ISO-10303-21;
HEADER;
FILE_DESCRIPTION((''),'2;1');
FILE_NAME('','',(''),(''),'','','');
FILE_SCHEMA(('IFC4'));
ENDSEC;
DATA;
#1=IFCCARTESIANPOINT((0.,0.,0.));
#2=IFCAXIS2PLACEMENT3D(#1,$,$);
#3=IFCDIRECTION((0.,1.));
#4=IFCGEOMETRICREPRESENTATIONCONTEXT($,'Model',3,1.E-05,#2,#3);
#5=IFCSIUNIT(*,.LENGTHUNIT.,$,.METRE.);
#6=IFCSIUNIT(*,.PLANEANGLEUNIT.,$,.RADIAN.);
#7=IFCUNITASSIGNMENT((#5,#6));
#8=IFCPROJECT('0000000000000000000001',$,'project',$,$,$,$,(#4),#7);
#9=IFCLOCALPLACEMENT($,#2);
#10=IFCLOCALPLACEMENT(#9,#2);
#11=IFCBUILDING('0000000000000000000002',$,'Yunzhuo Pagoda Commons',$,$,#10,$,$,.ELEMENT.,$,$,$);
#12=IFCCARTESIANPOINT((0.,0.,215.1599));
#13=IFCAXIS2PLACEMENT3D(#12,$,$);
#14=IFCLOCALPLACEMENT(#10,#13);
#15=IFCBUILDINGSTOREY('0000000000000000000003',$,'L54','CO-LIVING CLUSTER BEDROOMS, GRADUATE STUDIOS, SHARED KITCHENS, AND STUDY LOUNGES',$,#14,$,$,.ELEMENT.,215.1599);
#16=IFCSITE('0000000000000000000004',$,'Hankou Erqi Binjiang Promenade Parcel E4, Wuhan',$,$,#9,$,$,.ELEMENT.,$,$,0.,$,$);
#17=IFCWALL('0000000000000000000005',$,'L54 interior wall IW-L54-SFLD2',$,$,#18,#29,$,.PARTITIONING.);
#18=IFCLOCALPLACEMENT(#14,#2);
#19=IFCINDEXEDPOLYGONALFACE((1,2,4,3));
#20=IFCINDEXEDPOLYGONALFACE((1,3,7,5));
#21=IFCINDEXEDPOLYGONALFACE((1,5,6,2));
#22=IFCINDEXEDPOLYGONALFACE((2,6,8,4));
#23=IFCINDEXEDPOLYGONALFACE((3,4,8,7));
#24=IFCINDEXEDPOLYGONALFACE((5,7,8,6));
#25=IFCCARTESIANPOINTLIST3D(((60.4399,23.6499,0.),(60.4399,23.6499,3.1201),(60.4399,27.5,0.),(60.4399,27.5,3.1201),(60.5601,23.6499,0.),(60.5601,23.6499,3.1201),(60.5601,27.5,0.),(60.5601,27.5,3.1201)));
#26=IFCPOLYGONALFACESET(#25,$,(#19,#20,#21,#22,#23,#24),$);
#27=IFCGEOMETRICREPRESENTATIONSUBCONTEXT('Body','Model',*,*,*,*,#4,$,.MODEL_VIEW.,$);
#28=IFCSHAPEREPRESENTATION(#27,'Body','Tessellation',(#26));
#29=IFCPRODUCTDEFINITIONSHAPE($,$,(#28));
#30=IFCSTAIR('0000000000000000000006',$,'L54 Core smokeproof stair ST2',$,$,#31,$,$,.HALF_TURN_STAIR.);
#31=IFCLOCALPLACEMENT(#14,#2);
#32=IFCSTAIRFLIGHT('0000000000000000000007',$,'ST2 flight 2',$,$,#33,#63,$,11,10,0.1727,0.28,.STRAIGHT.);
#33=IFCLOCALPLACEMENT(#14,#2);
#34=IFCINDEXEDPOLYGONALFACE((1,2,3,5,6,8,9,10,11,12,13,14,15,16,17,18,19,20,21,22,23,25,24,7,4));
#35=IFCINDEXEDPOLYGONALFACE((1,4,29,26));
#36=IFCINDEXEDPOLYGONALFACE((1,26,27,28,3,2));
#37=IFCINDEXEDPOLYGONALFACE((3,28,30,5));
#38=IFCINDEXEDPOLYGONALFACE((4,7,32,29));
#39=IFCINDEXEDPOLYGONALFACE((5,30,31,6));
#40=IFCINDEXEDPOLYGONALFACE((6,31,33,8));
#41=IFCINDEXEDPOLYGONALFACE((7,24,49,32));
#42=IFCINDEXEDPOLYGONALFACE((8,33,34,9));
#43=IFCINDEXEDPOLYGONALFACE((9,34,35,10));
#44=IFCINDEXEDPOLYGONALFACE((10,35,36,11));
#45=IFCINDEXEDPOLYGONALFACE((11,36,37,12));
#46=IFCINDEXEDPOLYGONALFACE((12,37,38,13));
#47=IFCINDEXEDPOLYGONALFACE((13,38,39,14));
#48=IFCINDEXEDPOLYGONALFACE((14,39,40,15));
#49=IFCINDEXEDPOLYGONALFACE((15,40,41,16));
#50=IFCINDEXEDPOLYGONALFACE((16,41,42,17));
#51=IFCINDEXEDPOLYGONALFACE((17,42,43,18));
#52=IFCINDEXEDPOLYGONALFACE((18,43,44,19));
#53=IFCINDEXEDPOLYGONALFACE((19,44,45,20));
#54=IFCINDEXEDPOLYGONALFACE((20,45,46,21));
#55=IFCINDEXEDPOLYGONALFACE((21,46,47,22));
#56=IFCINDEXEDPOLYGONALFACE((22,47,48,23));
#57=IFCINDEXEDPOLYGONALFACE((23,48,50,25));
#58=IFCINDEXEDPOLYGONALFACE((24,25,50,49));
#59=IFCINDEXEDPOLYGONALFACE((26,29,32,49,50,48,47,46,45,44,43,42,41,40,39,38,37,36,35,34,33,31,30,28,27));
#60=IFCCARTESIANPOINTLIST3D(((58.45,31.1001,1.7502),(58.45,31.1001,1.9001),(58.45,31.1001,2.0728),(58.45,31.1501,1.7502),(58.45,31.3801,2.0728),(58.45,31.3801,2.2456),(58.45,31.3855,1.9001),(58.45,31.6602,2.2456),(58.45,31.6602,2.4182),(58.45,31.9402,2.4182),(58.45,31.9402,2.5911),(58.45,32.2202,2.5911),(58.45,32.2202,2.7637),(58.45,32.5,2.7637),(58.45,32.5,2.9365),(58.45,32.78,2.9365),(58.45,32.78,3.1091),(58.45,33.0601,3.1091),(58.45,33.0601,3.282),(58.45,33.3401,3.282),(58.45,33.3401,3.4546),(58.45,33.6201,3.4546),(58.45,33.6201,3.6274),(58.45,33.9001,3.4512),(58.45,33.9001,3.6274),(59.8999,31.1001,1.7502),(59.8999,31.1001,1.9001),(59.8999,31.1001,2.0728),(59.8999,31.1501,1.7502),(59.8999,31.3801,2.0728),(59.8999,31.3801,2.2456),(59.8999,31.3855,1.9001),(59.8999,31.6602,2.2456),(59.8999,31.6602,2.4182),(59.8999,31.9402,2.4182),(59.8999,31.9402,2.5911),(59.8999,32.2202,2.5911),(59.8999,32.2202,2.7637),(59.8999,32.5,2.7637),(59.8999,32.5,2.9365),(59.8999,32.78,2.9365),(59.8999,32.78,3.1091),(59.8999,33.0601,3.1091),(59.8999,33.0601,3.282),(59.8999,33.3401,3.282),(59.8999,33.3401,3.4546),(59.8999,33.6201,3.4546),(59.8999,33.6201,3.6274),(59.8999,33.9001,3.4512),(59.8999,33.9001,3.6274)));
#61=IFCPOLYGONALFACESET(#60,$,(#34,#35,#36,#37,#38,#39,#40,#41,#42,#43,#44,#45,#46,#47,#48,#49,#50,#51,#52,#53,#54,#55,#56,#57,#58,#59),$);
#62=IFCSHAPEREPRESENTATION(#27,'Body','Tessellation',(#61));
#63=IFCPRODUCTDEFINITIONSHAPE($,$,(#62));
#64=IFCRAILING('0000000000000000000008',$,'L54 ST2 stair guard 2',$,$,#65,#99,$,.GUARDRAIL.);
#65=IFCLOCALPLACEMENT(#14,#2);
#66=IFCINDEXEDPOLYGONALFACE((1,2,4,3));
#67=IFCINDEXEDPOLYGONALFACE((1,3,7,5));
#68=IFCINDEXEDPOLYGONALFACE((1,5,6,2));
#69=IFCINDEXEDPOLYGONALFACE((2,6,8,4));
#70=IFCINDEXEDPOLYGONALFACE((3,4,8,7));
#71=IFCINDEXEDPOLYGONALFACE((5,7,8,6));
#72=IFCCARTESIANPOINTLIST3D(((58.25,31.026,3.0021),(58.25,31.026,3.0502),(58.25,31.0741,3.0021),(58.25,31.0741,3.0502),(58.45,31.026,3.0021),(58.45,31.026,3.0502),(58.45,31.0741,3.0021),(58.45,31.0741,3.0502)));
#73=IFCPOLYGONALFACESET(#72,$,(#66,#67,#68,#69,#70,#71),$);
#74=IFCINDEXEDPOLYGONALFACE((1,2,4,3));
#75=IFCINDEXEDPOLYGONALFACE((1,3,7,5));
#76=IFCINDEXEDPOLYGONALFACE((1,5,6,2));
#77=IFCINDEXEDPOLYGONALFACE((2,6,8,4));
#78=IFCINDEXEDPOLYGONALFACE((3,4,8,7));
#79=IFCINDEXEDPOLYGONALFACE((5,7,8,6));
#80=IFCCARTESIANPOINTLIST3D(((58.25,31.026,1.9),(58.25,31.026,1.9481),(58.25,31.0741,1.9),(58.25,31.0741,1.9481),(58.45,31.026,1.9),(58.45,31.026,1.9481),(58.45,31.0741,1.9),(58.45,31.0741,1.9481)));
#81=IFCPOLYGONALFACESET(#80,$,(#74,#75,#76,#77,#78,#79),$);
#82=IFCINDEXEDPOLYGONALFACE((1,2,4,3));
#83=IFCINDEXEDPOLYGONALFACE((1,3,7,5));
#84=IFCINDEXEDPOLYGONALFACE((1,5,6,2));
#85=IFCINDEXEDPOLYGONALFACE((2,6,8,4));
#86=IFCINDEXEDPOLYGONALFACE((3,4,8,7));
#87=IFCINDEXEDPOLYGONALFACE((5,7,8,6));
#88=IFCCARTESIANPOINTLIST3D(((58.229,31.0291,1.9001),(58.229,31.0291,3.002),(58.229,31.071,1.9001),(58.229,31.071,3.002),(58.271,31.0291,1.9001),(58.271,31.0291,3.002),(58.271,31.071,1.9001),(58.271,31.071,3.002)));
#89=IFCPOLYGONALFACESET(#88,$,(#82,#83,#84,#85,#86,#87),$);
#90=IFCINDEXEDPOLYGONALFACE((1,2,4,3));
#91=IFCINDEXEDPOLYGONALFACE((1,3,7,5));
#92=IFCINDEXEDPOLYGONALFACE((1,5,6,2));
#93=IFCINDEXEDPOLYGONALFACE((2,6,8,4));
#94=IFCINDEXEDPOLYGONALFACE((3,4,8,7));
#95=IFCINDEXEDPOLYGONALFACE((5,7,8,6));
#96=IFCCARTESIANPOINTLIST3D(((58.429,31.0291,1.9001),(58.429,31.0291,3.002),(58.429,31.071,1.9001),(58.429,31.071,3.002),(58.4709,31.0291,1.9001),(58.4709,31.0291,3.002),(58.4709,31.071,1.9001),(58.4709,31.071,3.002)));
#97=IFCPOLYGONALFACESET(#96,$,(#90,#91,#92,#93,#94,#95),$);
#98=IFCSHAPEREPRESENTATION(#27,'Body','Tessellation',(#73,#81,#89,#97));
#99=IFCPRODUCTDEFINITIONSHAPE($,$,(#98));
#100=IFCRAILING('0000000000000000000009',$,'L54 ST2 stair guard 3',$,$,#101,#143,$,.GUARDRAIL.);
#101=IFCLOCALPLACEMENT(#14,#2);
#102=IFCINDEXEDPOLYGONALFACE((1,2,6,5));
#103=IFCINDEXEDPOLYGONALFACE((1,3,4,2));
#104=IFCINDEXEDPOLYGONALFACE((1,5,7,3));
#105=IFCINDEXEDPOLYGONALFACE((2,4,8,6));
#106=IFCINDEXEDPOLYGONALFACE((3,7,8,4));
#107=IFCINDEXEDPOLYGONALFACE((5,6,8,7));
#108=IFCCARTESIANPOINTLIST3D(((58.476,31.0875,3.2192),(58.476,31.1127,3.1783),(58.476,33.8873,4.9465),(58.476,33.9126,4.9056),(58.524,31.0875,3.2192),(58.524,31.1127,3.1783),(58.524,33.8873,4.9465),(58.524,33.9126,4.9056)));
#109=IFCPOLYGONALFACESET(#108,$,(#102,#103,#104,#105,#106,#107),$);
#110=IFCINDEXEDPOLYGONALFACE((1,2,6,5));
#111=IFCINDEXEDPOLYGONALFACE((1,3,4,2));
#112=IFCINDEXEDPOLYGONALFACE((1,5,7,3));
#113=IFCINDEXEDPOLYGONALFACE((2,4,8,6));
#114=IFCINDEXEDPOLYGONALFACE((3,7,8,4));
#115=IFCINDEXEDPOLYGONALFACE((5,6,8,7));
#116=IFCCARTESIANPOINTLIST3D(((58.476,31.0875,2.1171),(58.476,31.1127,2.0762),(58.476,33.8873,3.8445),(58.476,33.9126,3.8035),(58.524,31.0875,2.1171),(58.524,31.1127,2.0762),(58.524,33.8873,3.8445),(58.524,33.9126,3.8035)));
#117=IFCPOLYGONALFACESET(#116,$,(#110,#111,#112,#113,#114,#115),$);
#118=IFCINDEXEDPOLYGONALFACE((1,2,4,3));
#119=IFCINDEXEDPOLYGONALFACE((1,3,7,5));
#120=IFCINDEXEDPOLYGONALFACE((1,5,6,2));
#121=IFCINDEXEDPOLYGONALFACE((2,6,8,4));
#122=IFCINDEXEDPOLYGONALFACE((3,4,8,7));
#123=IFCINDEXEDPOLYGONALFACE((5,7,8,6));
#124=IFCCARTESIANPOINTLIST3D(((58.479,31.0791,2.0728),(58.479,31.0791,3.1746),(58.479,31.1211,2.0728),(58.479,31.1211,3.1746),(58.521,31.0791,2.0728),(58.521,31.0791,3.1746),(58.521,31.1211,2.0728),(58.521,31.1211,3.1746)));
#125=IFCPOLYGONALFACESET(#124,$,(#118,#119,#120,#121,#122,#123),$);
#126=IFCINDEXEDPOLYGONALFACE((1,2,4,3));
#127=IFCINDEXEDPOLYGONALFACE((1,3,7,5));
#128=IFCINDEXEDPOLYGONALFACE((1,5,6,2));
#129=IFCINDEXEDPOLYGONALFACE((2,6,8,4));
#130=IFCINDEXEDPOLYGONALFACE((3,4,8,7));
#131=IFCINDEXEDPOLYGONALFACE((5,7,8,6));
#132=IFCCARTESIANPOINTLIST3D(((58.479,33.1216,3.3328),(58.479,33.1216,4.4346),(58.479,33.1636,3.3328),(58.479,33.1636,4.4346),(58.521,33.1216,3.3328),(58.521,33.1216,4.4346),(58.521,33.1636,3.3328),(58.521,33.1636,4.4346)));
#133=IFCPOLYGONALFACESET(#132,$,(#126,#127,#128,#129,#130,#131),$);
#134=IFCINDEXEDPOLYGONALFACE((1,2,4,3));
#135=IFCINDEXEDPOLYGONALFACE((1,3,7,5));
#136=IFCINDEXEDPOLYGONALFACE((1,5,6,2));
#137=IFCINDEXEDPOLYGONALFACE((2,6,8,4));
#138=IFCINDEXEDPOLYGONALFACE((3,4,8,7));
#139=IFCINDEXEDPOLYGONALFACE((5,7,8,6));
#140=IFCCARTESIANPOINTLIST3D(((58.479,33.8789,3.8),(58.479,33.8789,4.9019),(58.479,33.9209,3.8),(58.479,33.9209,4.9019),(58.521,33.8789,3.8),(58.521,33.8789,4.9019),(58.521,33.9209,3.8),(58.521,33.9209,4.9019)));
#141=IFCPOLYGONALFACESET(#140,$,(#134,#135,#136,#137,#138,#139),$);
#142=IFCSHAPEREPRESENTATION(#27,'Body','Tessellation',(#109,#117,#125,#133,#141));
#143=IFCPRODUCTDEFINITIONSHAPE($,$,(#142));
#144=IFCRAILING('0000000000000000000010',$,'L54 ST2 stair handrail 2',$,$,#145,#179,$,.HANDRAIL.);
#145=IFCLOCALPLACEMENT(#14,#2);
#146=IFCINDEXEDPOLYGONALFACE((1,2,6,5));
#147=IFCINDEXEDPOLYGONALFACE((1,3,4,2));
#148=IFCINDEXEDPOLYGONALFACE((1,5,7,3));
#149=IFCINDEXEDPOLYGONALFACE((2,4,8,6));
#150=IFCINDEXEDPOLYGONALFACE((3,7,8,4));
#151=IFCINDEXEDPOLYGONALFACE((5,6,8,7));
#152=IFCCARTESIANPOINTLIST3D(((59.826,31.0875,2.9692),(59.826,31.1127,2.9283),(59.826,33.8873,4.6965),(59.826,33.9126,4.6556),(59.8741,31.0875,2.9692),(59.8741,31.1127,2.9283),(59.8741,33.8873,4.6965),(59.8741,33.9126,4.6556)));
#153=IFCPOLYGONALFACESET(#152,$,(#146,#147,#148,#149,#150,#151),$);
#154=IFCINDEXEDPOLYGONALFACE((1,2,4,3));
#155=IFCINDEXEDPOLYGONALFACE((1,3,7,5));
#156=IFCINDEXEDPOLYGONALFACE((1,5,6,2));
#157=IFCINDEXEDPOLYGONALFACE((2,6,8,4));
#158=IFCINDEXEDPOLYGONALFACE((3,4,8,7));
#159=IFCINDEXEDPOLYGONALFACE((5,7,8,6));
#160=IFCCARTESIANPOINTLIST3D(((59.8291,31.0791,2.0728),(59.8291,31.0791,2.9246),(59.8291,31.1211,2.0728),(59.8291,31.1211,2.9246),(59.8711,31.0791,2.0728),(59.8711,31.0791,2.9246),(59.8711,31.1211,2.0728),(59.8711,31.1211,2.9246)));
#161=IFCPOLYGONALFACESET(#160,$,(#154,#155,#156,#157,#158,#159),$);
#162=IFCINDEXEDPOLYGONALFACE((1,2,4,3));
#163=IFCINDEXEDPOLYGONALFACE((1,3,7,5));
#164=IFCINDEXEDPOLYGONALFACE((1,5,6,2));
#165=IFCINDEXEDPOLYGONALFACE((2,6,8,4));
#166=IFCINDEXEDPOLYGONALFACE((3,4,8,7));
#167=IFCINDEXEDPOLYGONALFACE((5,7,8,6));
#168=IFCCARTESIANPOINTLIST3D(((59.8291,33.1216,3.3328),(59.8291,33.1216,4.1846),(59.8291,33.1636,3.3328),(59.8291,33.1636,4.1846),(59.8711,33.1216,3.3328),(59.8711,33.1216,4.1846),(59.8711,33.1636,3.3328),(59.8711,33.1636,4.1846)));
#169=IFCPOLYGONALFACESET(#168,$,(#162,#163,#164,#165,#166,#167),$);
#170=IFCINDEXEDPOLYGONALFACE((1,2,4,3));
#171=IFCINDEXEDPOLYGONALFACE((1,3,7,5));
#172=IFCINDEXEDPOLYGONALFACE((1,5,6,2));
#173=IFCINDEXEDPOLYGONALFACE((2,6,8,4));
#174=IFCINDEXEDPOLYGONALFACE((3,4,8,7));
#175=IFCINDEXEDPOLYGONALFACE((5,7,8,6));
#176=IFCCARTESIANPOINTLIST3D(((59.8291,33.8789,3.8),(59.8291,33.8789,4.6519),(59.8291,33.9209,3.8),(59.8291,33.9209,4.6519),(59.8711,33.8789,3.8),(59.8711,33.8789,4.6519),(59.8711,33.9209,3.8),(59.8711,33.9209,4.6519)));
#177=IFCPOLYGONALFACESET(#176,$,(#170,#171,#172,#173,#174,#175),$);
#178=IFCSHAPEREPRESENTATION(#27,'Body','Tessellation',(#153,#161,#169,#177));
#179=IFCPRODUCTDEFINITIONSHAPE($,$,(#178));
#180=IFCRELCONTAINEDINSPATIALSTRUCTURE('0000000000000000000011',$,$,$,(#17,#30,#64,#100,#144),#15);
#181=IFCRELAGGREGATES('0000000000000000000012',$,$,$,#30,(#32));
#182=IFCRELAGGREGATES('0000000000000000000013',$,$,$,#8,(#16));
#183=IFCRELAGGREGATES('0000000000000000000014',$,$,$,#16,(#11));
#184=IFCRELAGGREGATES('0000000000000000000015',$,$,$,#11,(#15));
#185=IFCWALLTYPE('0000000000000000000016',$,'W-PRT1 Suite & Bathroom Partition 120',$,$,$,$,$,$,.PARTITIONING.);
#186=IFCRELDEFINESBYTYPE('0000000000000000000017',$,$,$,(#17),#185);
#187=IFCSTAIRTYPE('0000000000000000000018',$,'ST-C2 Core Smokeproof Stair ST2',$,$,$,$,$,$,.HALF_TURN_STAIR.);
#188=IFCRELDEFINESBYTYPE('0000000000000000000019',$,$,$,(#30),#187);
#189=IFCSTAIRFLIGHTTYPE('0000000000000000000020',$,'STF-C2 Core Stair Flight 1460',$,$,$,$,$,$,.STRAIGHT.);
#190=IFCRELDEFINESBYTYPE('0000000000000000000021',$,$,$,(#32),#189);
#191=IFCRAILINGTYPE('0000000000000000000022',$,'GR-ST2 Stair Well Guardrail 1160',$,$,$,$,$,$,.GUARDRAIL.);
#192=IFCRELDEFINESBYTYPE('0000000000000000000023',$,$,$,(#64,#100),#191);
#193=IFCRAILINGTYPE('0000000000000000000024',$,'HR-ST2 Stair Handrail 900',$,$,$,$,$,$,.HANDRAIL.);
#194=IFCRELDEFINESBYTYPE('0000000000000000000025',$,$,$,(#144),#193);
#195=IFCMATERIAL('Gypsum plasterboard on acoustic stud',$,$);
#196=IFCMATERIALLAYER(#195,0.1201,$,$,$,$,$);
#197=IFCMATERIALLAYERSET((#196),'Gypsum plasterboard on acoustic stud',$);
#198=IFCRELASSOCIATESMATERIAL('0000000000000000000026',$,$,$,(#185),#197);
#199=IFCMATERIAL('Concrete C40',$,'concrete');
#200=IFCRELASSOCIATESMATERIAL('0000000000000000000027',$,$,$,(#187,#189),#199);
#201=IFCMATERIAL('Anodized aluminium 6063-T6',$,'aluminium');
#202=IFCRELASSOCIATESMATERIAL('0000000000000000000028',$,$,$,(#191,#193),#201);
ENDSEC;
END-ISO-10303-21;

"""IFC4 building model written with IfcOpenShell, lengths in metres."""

from ifc_helpers import new_model, si_unit, direction, frame, frame_2d, origin, origin_2d, place, context, subcontext, project, spatial, polyline, rectangle, outline, extrude, source, transform, mapped, material, layer, layer_set, type_object, element, aggregate, save


model = new_model("IFC4")

# Units and contexts
model_context = context("Model", 3, precision=1e-05, world=origin(), true_north=direction((0.0, 1.0)))
body_context = subcontext(model_context, "Body", "Model", "MODEL_VIEW")
ifc_project = project(units=[si_unit("LENGTHUNIT", "METRE"), si_unit("PLANEANGLEUNIT", "RADIAN")], contexts=[model_context])

# Site, building, storey
site_placement = place(None, origin())
site = spatial("IfcSite", under=ifc_project, at=site_placement, Name="Hankou Erqi Binjiang Promenade Parcel E4, Wuhan", CompositionType="ELEMENT", RefElevation=0.0)
building_placement = place(site_placement, origin())
building = spatial("IfcBuilding", under=site, at=building_placement, Name="Yunzhuo Pagoda Commons", CompositionType="ELEMENT")
storey_placement = place(building_placement, frame((0.0, 0.0, 215.1599)))
storey = spatial("IfcBuildingStorey", under=building, at=storey_placement, Name="L54", Description="CO-LIVING CLUSTER BEDROOMS, GRADUATE STUDIOS, SHARED KITCHENS, AND STUDY LOUNGES", CompositionType="ELEMENT", Elevation=215.1599)

# Shared definitions
ifc_material_1 = material(Name="Anodized aluminium 6063-T6", Category="aluminium")

# Shared definitions
ifc_material_2 = material(Name="Gypsum plasterboard on acoustic stud")

# Wall
ifc_layer_1 = layer(ifc_material_2, 0.1201)
ifc_layer_set_1 = layer_set([ifc_layer_1], Name="Gypsum plasterboard on acoustic stud")
wall_type_1 = type_object("IfcWallType", Name="W-PRT1 Suite & Bathroom Partition 120", PredefinedType="PARTITIONING", material=ifc_layer_set_1)
wall_1_placement = place(storey_placement, frame((60.5, 23.6499, 0.0), z_axis=(0.0, 0.0, 1.0), x_axis=(0.0, 1.0, 0.0)))
element("IfcWall", 1, at=wall_1_placement, inside=storey, type_object=wall_type_1, Name="L54 interior wall IW-L54-SFLD2", PredefinedType="PARTITIONING", context=body_context, shape_type="SweptSolid", body=[
    extrude(rectangle(XDim=3.8501, YDim=0.1201, at=frame_2d((1.925, 0.0))), origin(), (0.0, 0.0, 1.0), 3.1201),
])

# Stair, stair flight
ifc_material_3 = material(Name="Concrete C40", Category="concrete")
stair_type = type_object("IfcStairType", Name="ST-C2 Core Smokeproof Stair ST2", PredefinedType="HALF_TURN_STAIR", material=ifc_material_3)
stair_placement = place(storey_placement, origin())
stair = element("IfcStair", 2, at=stair_placement, inside=storey, type_object=stair_type, Name="L54 Core smokeproof stair ST2", PredefinedType="HALF_TURN_STAIR")
stair_flight_type = type_object("IfcStairFlightType", Name="STF-C2 Core Stair Flight 1460", PredefinedType="STRAIGHT", material=ifc_material_3)
shared_shape_1 = source(origin(), body_context, "Body", "SweptSolid", [
    extrude(outline(polyline([(0.0, -0.1499), (0.0, 0.0), (0.0, 0.1726), (0.28, 0.1726), (0.28, 0.3455), (0.5601, 0.3455), (0.5601, 0.5181), (0.8401, 0.5181), (0.8401, 0.6909), (1.1201, 0.6909), (1.1201, 0.8635), (1.3999, 0.8635), (1.3999, 1.0364), (1.6799, 1.0364), (1.6799, 1.209), (1.96, 1.209), (1.96, 1.3818), (2.24, 1.3818), (2.24, 1.5544), (2.52, 1.5544), (2.52, 1.7273), (2.8, 1.7273), (2.8, 1.8999), (2.8, 1.551), (0.2854, 0.0), (0.05, -0.1499), (0.0, -0.1499)])), frame((0.0, 0.7251, 0.0), z_axis=(0.0, -1.0, 0.0), x_axis=(1.0, 0.0, 0.0)), (0.0, 0.0, 1.0), 1.45),
])
stair_flight_placement = place(storey_placement, frame((59.175, 31.1001, 1.9001), z_axis=(0.0, 0.0, 1.0), x_axis=(0.0, 1.0, 0.0)))
stair_flight = element("IfcStairFlight", 3, at=stair_flight_placement, type_object=stair_flight_type, Name="ST2 flight 2", NumberOfRisers=11, NumberOfTreads=10, PredefinedType="STRAIGHT", RiserHeight=0.1727, TreadLength=0.28, context=body_context, shape_type="MappedRepresentation", body=[
    mapped(shared_shape_1, transform((0.0, 0.0, 0.0), scale=1.0)),
])
aggregate(stair, [stair_flight])

# Railings
railing_type_1 = type_object("IfcRailingType", Name="GR-ST2 Stair Well Guardrail 1160", PredefinedType="GUARDRAIL", material=ifc_material_1)
railing_1_placement = place(storey_placement, frame((58.25, 31.05, 1.9001)))
element("IfcRailing", 4, at=railing_1_placement, inside=storey, type_object=railing_type_1, Name="L54 ST2 stair guard 2", PredefinedType="GUARDRAIL", context=body_context, shape_type="SweptSolid", body=[
    extrude(rectangle(XDim=0.0481, YDim=0.0481, at=origin_2d()), frame((0.0, 0.0, 1.126), z_axis=(1.0, 0.0, 0.0), x_axis=(0.0, 1.0, 0.0)), (0.0, 0.0, 1.0), 0.2),
    extrude(rectangle(XDim=0.0481, YDim=0.0481, at=origin_2d()), frame((0.0, 0.0, 0.0239), z_axis=(1.0, 0.0, 0.0), x_axis=(0.0, 1.0, 0.0)), (0.0, 0.0, 1.0), 0.2),
    extrude(rectangle(XDim=0.042, YDim=0.042, at=origin_2d()), origin(), (0.0, 0.0, 1.0), 1.1018),
    extrude(rectangle(XDim=0.042, YDim=0.042, at=origin_2d()), frame((0.2, 0.0, 0.0)), (0.0, 0.0, 1.0), 1.1018),
])
railing_2_placement = place(storey_placement, frame((58.5, 31.1001, 2.0728)))
element("IfcRailing", 5, at=railing_2_placement, inside=storey, type_object=railing_type_1, Name="L54 ST2 stair guard 3", PredefinedType="GUARDRAIL", context=body_context, shape_type="SweptSolid", body=[
    extrude(rectangle(XDim=0.0481, YDim=0.0481, at=origin_2d()), frame((0.0, 0.0, 1.126), z_axis=(0.0, 0.851069, 0.525054), x_axis=(-1.0, 0.0, 0.0)), (0.0, 0.0, 1.0), 3.2898),
    extrude(rectangle(XDim=0.0481, YDim=0.0481, at=origin_2d()), frame((0.0, 0.0, 0.0239), z_axis=(0.0, 0.851069, 0.525054), x_axis=(-1.0, 0.0, 0.0)), (0.0, 0.0, 1.0), 3.2898),
    extrude(rectangle(XDim=0.042, YDim=0.042, at=origin_2d()), origin(), (0.0, 0.0, 1.0), 1.1018),
    extrude(rectangle(XDim=0.042, YDim=0.042, at=origin_2d()), frame((0.0, 2.0425, 1.26)), (0.0, 0.0, 1.0), 1.1018),
    extrude(rectangle(XDim=0.042, YDim=0.042, at=origin_2d()), frame((0.0, 2.7998, 1.7273)), (0.0, 0.0, 1.0), 1.1018),
])
railing_type_2 = type_object("IfcRailingType", Name="HR-ST2 Stair Handrail 900", PredefinedType="HANDRAIL", material=ifc_material_1)
railing_3_placement = place(storey_placement, frame((59.8501, 31.1001, 2.0728)))
element("IfcRailing", 6, at=railing_3_placement, inside=storey, type_object=railing_type_2, Name="L54 ST2 stair handrail 2", PredefinedType="HANDRAIL", context=body_context, shape_type="SweptSolid", body=[
    extrude(rectangle(XDim=0.0481, YDim=0.0481, at=origin_2d()), frame((0.0, 0.0, 0.876), z_axis=(0.0, 0.851069, 0.525054), x_axis=(-1.0, 0.0, 0.0)), (0.0, 0.0, 1.0), 3.2898),
    extrude(rectangle(XDim=0.042, YDim=0.042, at=origin_2d()), origin(), (0.0, 0.0, 1.0), 0.8518),
    extrude(rectangle(XDim=0.042, YDim=0.042, at=origin_2d()), frame((0.0, 2.0425, 1.26)), (0.0, 0.0, 1.0), 0.8518),
    extrude(rectangle(XDim=0.042, YDim=0.042, at=origin_2d()), frame((0.0, 2.7998, 1.7273)), (0.0, 0.0, 1.0), 0.8518),
])

save(model, "model.ifc")
